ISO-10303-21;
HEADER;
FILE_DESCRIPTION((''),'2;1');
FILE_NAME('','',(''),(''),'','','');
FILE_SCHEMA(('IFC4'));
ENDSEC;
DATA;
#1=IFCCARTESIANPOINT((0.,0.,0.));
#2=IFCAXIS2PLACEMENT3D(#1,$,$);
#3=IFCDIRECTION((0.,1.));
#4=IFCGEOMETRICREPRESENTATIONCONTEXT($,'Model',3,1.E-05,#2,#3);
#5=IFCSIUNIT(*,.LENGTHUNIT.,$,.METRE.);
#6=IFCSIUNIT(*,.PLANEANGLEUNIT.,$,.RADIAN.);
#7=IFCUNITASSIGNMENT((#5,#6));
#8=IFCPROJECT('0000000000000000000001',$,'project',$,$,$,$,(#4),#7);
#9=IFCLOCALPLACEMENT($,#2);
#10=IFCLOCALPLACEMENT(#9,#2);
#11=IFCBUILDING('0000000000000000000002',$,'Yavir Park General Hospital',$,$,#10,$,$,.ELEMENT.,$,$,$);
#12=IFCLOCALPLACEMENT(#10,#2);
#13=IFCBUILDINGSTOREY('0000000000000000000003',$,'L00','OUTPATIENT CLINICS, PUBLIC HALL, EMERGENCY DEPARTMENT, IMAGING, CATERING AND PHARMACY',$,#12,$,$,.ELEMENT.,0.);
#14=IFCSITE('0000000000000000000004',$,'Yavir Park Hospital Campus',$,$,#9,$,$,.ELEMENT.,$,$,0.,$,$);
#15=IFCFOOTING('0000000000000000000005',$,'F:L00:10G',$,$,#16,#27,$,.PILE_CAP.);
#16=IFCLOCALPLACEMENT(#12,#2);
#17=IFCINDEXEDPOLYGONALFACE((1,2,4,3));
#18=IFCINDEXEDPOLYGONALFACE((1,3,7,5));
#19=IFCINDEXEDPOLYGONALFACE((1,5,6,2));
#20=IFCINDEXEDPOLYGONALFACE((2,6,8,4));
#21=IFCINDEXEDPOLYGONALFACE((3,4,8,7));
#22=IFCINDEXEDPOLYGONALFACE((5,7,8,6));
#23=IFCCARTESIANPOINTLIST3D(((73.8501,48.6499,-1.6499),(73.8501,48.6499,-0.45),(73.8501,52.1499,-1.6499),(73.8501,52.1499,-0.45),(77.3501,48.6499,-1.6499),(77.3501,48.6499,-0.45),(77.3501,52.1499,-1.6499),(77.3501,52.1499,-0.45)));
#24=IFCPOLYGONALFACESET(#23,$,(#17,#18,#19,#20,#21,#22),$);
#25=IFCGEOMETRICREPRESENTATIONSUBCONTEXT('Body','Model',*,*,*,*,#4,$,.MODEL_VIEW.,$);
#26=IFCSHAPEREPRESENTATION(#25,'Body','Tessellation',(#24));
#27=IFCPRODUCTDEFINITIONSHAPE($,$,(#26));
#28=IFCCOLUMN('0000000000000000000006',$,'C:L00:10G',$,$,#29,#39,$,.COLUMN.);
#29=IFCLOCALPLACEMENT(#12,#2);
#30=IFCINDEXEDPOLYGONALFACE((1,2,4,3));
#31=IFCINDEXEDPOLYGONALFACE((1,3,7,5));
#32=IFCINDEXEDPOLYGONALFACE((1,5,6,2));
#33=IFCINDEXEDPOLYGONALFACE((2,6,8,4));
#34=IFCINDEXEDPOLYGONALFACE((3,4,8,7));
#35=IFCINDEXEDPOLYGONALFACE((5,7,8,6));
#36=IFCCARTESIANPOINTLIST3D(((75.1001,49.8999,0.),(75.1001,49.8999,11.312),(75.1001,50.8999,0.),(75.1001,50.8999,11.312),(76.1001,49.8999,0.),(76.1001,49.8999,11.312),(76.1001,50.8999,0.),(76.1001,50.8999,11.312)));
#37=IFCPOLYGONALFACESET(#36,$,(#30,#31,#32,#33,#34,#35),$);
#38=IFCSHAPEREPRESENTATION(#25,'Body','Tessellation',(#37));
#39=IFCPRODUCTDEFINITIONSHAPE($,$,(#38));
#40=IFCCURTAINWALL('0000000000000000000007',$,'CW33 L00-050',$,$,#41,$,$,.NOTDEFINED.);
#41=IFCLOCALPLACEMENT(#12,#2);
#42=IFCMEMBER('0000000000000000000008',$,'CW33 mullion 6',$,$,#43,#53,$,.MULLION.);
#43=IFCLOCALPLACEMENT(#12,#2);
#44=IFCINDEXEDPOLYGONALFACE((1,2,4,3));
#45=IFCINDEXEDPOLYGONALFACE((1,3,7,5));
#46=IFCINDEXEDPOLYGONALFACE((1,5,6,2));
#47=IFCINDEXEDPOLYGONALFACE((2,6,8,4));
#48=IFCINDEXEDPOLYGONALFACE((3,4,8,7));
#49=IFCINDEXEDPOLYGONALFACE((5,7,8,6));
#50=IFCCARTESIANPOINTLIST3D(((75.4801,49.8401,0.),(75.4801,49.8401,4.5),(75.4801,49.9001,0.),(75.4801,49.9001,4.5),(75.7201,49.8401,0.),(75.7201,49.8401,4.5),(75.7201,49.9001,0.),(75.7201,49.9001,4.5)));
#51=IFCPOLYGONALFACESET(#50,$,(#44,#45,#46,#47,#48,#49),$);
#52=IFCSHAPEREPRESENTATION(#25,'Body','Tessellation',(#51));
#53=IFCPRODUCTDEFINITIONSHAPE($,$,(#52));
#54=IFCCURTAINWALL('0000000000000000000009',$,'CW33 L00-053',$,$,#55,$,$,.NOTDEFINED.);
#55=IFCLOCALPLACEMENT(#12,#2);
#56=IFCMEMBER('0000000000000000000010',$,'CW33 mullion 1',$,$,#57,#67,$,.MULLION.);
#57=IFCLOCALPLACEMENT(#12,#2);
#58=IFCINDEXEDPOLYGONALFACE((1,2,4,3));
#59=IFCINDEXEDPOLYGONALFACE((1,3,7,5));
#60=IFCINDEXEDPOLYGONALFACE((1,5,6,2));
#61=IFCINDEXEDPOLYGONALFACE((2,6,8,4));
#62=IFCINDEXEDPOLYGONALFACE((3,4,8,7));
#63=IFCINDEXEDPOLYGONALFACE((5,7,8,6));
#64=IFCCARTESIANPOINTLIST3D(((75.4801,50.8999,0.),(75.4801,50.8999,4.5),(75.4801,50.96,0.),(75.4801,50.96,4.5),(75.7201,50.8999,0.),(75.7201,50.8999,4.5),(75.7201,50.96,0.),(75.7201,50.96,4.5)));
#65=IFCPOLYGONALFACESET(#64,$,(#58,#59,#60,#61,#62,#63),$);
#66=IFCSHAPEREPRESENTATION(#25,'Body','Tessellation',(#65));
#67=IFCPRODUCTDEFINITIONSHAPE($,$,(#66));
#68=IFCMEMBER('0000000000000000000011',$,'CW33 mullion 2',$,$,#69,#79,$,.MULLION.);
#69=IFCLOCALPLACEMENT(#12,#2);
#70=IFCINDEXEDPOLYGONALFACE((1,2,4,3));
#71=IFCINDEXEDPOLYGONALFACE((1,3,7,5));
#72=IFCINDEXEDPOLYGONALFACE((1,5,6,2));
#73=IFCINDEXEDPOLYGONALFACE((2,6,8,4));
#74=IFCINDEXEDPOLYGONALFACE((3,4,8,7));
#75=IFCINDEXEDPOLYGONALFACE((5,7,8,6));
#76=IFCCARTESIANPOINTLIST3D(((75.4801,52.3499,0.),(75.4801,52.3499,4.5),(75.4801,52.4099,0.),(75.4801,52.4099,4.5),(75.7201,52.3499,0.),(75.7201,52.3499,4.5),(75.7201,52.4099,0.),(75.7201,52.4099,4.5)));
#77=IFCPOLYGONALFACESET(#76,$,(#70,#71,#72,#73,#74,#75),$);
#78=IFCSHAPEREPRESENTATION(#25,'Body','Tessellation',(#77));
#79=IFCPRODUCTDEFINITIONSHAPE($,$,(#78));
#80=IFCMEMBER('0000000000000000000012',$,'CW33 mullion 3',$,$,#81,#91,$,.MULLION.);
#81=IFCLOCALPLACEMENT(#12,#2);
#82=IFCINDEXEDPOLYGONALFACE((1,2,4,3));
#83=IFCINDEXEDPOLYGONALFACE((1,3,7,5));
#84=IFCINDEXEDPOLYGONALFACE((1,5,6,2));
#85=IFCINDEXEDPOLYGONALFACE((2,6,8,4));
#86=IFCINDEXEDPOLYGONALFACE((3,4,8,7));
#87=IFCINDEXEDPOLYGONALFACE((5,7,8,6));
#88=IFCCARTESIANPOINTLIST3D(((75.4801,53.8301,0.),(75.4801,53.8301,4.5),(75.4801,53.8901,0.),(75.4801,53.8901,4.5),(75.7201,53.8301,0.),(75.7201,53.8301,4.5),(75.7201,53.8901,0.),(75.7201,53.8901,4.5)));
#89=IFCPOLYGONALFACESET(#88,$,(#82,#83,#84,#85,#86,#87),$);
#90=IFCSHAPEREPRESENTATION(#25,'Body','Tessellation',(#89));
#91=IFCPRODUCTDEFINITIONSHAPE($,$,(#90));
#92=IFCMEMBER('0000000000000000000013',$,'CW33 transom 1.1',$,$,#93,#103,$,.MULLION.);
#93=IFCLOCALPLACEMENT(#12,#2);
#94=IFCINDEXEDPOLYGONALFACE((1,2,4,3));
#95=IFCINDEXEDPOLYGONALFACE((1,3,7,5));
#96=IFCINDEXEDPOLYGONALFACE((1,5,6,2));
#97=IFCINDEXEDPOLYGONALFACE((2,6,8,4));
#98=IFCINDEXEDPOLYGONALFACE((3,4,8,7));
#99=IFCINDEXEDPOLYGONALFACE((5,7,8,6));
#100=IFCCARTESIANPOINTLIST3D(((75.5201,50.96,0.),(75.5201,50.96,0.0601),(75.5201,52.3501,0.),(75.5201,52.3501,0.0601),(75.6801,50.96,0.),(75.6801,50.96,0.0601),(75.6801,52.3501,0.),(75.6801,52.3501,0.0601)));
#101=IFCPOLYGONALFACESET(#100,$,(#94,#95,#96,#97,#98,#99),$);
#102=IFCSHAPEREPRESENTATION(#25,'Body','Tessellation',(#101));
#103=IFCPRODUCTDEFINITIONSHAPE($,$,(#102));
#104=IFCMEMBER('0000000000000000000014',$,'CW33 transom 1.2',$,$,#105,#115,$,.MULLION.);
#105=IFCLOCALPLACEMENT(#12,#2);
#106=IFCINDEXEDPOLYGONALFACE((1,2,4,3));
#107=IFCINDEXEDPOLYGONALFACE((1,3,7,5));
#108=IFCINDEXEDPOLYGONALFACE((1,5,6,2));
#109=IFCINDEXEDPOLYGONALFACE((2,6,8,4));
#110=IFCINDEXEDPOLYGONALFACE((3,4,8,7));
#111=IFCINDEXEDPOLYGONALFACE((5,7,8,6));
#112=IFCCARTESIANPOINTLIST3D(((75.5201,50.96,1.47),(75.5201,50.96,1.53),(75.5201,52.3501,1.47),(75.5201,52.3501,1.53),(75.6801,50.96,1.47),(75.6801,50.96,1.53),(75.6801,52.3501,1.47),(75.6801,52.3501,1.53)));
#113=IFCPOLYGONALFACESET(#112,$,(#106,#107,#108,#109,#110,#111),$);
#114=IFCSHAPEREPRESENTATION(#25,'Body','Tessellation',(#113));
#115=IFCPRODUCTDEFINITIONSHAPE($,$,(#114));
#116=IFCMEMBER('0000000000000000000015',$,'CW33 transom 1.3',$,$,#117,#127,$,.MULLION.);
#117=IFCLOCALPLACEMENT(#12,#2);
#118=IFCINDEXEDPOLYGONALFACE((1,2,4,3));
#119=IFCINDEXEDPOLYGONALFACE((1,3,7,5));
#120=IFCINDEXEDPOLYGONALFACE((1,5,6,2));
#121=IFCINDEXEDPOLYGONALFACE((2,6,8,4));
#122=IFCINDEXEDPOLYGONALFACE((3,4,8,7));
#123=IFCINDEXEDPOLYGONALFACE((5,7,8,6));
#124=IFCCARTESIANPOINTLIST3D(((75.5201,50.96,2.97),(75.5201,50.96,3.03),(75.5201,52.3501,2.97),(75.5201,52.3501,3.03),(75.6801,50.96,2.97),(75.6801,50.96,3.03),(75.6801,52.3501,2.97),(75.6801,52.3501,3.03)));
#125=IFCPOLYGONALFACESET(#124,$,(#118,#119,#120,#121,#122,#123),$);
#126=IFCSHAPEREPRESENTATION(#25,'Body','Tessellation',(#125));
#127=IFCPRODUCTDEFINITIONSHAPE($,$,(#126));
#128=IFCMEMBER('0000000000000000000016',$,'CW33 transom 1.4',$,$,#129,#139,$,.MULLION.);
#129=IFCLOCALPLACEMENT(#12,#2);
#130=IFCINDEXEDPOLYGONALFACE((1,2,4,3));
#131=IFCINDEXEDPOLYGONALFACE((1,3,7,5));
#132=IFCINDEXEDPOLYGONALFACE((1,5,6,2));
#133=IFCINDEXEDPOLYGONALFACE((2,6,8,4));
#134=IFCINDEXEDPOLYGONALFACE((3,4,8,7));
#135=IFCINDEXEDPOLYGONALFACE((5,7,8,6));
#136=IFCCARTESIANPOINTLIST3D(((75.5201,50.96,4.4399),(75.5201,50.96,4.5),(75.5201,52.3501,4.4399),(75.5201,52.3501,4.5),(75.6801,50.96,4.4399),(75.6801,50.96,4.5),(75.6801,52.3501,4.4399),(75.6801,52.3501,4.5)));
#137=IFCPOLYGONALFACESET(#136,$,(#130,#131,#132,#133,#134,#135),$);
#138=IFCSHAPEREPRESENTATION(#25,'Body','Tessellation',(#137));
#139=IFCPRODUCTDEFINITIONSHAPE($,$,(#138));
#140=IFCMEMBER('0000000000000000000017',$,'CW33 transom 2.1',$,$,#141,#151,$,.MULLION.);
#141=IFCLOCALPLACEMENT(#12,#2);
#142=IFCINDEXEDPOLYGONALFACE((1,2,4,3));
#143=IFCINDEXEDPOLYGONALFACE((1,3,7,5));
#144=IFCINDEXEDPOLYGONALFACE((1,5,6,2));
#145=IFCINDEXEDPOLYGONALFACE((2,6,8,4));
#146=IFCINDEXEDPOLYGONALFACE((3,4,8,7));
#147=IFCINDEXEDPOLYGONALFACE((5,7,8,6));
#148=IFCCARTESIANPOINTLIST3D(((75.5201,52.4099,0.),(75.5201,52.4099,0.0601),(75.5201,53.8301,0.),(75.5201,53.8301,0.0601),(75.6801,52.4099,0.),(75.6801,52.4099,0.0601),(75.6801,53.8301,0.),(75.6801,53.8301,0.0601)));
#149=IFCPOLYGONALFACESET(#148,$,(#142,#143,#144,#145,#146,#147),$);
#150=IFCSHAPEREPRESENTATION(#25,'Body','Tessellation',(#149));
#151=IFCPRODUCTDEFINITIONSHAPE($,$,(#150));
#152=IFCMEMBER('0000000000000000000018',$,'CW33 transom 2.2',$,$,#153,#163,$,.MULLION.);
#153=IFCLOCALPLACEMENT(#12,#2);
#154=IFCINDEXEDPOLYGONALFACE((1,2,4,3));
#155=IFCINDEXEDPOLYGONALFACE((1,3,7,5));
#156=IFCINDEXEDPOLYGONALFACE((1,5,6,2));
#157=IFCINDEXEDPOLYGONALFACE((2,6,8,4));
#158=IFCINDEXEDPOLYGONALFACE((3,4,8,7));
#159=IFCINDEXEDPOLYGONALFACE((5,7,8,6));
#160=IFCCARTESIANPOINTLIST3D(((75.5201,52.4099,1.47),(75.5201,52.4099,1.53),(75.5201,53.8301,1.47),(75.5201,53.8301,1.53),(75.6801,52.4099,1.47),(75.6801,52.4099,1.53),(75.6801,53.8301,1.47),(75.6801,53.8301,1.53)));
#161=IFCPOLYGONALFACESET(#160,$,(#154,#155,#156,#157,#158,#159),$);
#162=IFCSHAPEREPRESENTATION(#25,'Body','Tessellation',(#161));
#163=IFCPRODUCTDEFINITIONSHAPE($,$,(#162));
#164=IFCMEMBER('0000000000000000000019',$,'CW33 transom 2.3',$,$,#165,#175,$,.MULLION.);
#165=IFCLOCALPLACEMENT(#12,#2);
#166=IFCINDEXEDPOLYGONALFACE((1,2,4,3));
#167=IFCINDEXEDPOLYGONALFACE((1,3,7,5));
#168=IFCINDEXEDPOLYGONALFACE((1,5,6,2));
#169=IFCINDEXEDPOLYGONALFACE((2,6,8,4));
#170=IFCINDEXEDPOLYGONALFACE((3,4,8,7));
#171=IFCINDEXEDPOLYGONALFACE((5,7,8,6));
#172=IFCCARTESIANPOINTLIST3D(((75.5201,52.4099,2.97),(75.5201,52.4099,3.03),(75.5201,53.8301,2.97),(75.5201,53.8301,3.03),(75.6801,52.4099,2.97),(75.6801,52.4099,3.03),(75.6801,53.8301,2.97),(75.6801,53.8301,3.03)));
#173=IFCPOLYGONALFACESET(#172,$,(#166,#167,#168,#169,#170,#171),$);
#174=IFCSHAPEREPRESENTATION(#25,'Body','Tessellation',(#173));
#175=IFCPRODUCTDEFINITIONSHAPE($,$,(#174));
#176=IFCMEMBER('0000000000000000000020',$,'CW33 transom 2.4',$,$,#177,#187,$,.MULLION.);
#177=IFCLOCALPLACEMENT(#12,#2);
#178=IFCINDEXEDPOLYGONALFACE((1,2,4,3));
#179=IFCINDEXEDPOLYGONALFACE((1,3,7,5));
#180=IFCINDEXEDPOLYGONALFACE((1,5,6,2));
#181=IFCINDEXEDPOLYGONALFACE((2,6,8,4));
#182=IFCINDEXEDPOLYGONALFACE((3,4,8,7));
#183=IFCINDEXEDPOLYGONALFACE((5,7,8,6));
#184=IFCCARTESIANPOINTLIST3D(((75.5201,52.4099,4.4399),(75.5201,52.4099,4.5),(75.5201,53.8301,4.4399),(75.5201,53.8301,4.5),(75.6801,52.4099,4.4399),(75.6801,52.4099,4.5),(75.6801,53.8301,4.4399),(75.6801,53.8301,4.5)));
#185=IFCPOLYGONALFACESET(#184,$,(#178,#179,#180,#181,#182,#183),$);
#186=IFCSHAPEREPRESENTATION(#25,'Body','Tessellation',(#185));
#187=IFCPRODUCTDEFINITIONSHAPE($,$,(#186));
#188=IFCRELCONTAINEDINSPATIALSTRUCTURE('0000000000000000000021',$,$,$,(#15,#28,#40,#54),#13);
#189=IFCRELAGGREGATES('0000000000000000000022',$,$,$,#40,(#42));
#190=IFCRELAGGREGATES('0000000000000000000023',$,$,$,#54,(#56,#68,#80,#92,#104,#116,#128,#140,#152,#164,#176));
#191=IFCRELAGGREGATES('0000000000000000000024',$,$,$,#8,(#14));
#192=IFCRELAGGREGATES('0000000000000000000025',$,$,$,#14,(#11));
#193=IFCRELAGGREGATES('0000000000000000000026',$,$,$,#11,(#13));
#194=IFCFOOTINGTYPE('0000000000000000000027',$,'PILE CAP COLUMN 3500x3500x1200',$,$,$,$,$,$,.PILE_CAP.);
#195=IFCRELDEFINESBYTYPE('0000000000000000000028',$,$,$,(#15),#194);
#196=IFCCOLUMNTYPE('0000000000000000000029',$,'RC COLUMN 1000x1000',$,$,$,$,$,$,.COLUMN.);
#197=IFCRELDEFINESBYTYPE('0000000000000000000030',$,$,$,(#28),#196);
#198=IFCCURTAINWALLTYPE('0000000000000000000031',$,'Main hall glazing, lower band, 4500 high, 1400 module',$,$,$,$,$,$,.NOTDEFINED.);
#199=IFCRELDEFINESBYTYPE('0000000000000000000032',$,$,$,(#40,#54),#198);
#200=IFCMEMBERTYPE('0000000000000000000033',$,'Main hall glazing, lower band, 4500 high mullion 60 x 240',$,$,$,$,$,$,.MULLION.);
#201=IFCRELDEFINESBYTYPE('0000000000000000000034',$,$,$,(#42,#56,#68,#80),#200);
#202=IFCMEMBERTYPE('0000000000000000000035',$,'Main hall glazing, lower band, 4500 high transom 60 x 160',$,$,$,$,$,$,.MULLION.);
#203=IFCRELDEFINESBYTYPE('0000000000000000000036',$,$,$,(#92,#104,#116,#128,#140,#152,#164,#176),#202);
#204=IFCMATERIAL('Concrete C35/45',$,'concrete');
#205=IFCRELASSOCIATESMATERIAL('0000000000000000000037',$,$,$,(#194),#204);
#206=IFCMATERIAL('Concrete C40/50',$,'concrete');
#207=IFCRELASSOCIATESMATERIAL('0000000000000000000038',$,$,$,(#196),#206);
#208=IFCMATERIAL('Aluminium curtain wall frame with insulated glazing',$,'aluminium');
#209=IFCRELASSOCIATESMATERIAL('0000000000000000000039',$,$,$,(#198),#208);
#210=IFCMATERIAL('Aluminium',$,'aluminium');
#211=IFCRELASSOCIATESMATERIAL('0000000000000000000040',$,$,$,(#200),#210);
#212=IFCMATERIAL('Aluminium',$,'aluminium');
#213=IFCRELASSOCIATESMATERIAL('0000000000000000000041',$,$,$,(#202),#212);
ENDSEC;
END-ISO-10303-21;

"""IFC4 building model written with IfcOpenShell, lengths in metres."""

from ifc_helpers import new_model, si_unit, direction, frame, origin, origin_2d, place, context, subcontext, project, spatial, rectangle, extrude, material, material_profile, profile_set, type_object, element, aggregate, save


model = new_model("IFC4")

# Units and contexts
model_context = context("Model", 3, precision=1e-05, world=origin(), true_north=direction((0.0, 1.0)))
body_context = subcontext(model_context, "Body", "Model", "MODEL_VIEW")
ifc_project = project(units=[si_unit("LENGTHUNIT", "METRE"), si_unit("PLANEANGLEUNIT", "RADIAN")], contexts=[model_context])

# Site, building, storey
site_placement = place(None, origin())
site = spatial("IfcSite", under=ifc_project, at=site_placement, Name="Yavir Park Hospital Campus", CompositionType="ELEMENT", RefElevation=0.0)
building_placement = place(site_placement, origin())
building = spatial("IfcBuilding", under=site, at=building_placement, Name="Yavir Park General Hospital", CompositionType="ELEMENT")
storey_placement = place(building_placement, origin())
storey = spatial("IfcBuildingStorey", under=building, at=storey_placement, Name="L00", Description="OUTPATIENT CLINICS, PUBLIC HALL, EMERGENCY DEPARTMENT, IMAGING, CATERING AND PHARMACY", CompositionType="ELEMENT", Elevation=0.0)

# Footing
ifc_material_1 = material(Name="Concrete C35/45", Category="concrete")
footing_type = type_object("IfcFootingType", Name="PILE CAP COLUMN 3500x3500x1200", PredefinedType="PILE_CAP", material=ifc_material_1)
footing_placement = place(storey_placement, frame((75.6001, 50.3999, -1.6499), z_axis=(0.0, 0.0, 1.0), x_axis=(1.0, 0.0, 0.0)))
element("IfcFooting", 1, at=footing_placement, inside=storey, type_object=footing_type, Name="F:L00:10G", PredefinedType="PILE_CAP", context=body_context, shape_type="SweptSolid", body=[
    extrude(rectangle(XDim=3.5, YDim=3.5, at=origin_2d()), origin(), (0.0, 0.0, 1.0), 1.2),
])

# Column
ifc_material_2 = material(Name="Concrete C40/50", Category="concrete")
ifc_material_profile_1 = material_profile(ifc_material_2, rectangle(XDim=1.0, YDim=1.0, at=origin_2d()), Name="RC1000x1000")
ifc_profile_set_1 = profile_set([ifc_material_profile_1], Name="Concrete C40/50")
column_type = type_object("IfcColumnType", Name="RC COLUMN 1000x1000", PredefinedType="COLUMN", material=ifc_profile_set_1)
column_placement = place(storey_placement, frame((75.6001, 50.3999, 0.0), z_axis=(0.0, 0.0, 1.0), x_axis=(1.0, 0.0, 0.0)))
element("IfcColumn", 2, at=column_placement, inside=storey, type_object=column_type, Name="C:L00:10G", PredefinedType="COLUMN", context=body_context, shape_type="SweptSolid", body=[
    extrude(rectangle(XDim=1.0, YDim=1.0, at=origin_2d()), origin(), (0.0, 0.0, 1.0), 11.312),
])

# Curtain wall, member
ifc_material_3 = material(Name="Aluminium curtain wall frame with insulated glazing", Category="aluminium")
curtain_wall_type_1 = type_object("IfcCurtainWallType", Name="Main hall glazing, lower band, 4500 high, 1400 module", PredefinedType="NOTDEFINED", material=ifc_material_3)
curtain_wall_1_placement = place(storey_placement, origin())
curtain_wall_1 = element("IfcCurtainWall", 3, at=curtain_wall_1_placement, inside=storey, type_object=curtain_wall_type_1, Name="CW33 L00-050", PredefinedType="NOTDEFINED")
ifc_material_4 = material(Name="Aluminium", Category="aluminium")
ifc_material_profile_2 = material_profile(ifc_material_4, rectangle(XDim=0.24, YDim=0.0601, at=origin_2d()), Name="AL 60x240")
ifc_profile_set_2 = profile_set([ifc_material_profile_2], Name="Aluminium")
member_type_1 = type_object("IfcMemberType", Name="Main hall glazing, lower band, 4500 high mullion 60 x 240", PredefinedType="MULLION", material=ifc_profile_set_2)
member_1_placement = place(storey_placement, frame((75.6001, 49.8701, 0.0), z_axis=(0.0, 0.0, 1.0), x_axis=(-1.0, 0.0, 0.0)))
member_1 = element("IfcMember", 4, at=member_1_placement, type_object=member_type_1, Name="CW33 mullion 6", PredefinedType="MULLION", context=body_context, shape_type="SweptSolid", body=[
    extrude(rectangle(XDim=0.24, YDim=0.0601, at=origin_2d()), origin(), (0.0, 0.0, 1.0), 4.5),
])
aggregate(curtain_wall_1, [member_1])

# Curtain wall, members
curtain_wall_2_placement = place(storey_placement, origin())
curtain_wall_2 = element("IfcCurtainWall", 5, at=curtain_wall_2_placement, inside=storey, type_object=curtain_wall_type_1, Name="CW33 L00-053", PredefinedType="NOTDEFINED")
member_2_placement = place(storey_placement, frame((75.6001, 50.9299, 0.0), z_axis=(0.0, 0.0, 1.0), x_axis=(-1.0, 0.0, 0.0)))
member_2 = element("IfcMember", 6, at=member_2_placement, type_object=member_type_1, Name="CW33 mullion 1", PredefinedType="MULLION", context=body_context, shape_type="SweptSolid", body=[
    extrude(rectangle(XDim=0.24, YDim=0.0601, at=origin_2d()), origin(), (0.0, 0.0, 1.0), 4.5),
])
member_3_placement = place(storey_placement, frame((75.6001, 52.3799, 0.0), z_axis=(0.0, 0.0, 1.0), x_axis=(-1.0, 0.0, 0.0)))
member_3 = element("IfcMember", 7, at=member_3_placement, type_object=member_type_1, Name="CW33 mullion 2", PredefinedType="MULLION", context=body_context, shape_type="SweptSolid", body=[
    extrude(rectangle(XDim=0.24, YDim=0.0601, at=origin_2d()), origin(), (0.0, 0.0, 1.0), 4.5),
])
member_4_placement = place(storey_placement, frame((75.6001, 53.8601, 0.0), z_axis=(0.0, 0.0, 1.0), x_axis=(-1.0, 0.0, 0.0)))
member_4 = element("IfcMember", 8, at=member_4_placement, type_object=member_type_1, Name="CW33 mullion 3", PredefinedType="MULLION", context=body_context, shape_type="SweptSolid", body=[
    extrude(rectangle(XDim=0.24, YDim=0.0601, at=origin_2d()), origin(), (0.0, 0.0, 1.0), 4.5),
])
ifc_material_5 = material(Name="Aluminium", Category="aluminium")
ifc_material_profile_3 = material_profile(ifc_material_5, rectangle(XDim=0.1599, YDim=0.0601, at=origin_2d()), Name="AL 160x60")
ifc_profile_set_3 = profile_set([ifc_material_profile_3], Name="Aluminium")
member_type_2 = type_object("IfcMemberType", Name="Main hall glazing, lower band, 4500 high transom 60 x 160", PredefinedType="MULLION", material=ifc_profile_set_3)
member_5_placement = place(storey_placement, frame((75.6001, 50.96, 0.03), z_axis=(0.0, 1.0, 0.0), x_axis=(-1.0, 0.0, 0.0)))
member_5 = element("IfcMember", 9, at=member_5_placement, type_object=member_type_2, Name="CW33 transom 1.1", PredefinedType="MULLION", context=body_context, shape_type="SweptSolid", body=[
    extrude(rectangle(XDim=0.1599, YDim=0.0601, at=origin_2d()), origin(), (0.0, 0.0, 1.0), 1.3901),
])
member_6_placement = place(storey_placement, frame((75.6001, 50.96, 1.5), z_axis=(0.0, 1.0, 0.0), x_axis=(-1.0, 0.0, 0.0)))
member_6 = element("IfcMember", 10, at=member_6_placement, type_object=member_type_2, Name="CW33 transom 1.2", PredefinedType="MULLION", context=body_context, shape_type="SweptSolid", body=[
    extrude(rectangle(XDim=0.1599, YDim=0.0601, at=origin_2d()), origin(), (0.0, 0.0, 1.0), 1.3901),
])
member_7_placement = place(storey_placement, frame((75.6001, 50.96, 3.0), z_axis=(0.0, 1.0, 0.0), x_axis=(-1.0, 0.0, 0.0)))
member_7 = element("IfcMember", 11, at=member_7_placement, type_object=member_type_2, Name="CW33 transom 1.3", PredefinedType="MULLION", context=body_context, shape_type="SweptSolid", body=[
    extrude(rectangle(XDim=0.1599, YDim=0.0601, at=origin_2d()), origin(), (0.0, 0.0, 1.0), 1.3901),
])
member_8_placement = place(storey_placement, frame((75.6001, 50.96, 4.47), z_axis=(0.0, 1.0, 0.0), x_axis=(-1.0, 0.0, 0.0)))
member_8 = element("IfcMember", 12, at=member_8_placement, type_object=member_type_2, Name="CW33 transom 1.4", PredefinedType="MULLION", context=body_context, shape_type="SweptSolid", body=[
    extrude(rectangle(XDim=0.1599, YDim=0.0601, at=origin_2d()), origin(), (0.0, 0.0, 1.0), 1.3901),
])
member_9_placement = place(storey_placement, frame((75.6001, 52.4099, 0.03), z_axis=(0.0, 1.0, 0.0), x_axis=(-1.0, 0.0, 0.0)))
member_9 = element("IfcMember", 13, at=member_9_placement, type_object=member_type_2, Name="CW33 transom 2.1", PredefinedType="MULLION", context=body_context, shape_type="SweptSolid", body=[
    extrude(rectangle(XDim=0.1599, YDim=0.0601, at=origin_2d()), origin(), (0.0, 0.0, 1.0), 1.4202),
])
member_10_placement = place(storey_placement, frame((75.6001, 52.4099, 1.5), z_axis=(0.0, 1.0, 0.0), x_axis=(-1.0, 0.0, 0.0)))
member_10 = element("IfcMember", 14, at=member_10_placement, type_object=member_type_2, Name="CW33 transom 2.2", PredefinedType="MULLION", context=body_context, shape_type="SweptSolid", body=[
    extrude(rectangle(XDim=0.1599, YDim=0.0601, at=origin_2d()), origin(), (0.0, 0.0, 1.0), 1.4202),
])
member_11_placement = place(storey_placement, frame((75.6001, 52.4099, 3.0), z_axis=(0.0, 1.0, 0.0), x_axis=(-1.0, 0.0, 0.0)))
member_11 = element("IfcMember", 15, at=member_11_placement, type_object=member_type_2, Name="CW33 transom 2.3", PredefinedType="MULLION", context=body_context, shape_type="SweptSolid", body=[
    extrude(rectangle(XDim=0.1599, YDim=0.0601, at=origin_2d()), origin(), (0.0, 0.0, 1.0), 1.4202),
])
member_12_placement = place(storey_placement, frame((75.6001, 52.4099, 4.47), z_axis=(0.0, 1.0, 0.0), x_axis=(-1.0, 0.0, 0.0)))
member_12 = element("IfcMember", 16, at=member_12_placement, type_object=member_type_2, Name="CW33 transom 2.4", PredefinedType="MULLION", context=body_context, shape_type="SweptSolid", body=[
    extrude(rectangle(XDim=0.1599, YDim=0.0601, at=origin_2d()), origin(), (0.0, 0.0, 1.0), 1.4202),
])

aggregate(curtain_wall_2, [member_2, member_3, member_4, member_5, member_6, member_7, member_8, member_9, member_10, member_11, member_12])

save(model, "model.ifc")
